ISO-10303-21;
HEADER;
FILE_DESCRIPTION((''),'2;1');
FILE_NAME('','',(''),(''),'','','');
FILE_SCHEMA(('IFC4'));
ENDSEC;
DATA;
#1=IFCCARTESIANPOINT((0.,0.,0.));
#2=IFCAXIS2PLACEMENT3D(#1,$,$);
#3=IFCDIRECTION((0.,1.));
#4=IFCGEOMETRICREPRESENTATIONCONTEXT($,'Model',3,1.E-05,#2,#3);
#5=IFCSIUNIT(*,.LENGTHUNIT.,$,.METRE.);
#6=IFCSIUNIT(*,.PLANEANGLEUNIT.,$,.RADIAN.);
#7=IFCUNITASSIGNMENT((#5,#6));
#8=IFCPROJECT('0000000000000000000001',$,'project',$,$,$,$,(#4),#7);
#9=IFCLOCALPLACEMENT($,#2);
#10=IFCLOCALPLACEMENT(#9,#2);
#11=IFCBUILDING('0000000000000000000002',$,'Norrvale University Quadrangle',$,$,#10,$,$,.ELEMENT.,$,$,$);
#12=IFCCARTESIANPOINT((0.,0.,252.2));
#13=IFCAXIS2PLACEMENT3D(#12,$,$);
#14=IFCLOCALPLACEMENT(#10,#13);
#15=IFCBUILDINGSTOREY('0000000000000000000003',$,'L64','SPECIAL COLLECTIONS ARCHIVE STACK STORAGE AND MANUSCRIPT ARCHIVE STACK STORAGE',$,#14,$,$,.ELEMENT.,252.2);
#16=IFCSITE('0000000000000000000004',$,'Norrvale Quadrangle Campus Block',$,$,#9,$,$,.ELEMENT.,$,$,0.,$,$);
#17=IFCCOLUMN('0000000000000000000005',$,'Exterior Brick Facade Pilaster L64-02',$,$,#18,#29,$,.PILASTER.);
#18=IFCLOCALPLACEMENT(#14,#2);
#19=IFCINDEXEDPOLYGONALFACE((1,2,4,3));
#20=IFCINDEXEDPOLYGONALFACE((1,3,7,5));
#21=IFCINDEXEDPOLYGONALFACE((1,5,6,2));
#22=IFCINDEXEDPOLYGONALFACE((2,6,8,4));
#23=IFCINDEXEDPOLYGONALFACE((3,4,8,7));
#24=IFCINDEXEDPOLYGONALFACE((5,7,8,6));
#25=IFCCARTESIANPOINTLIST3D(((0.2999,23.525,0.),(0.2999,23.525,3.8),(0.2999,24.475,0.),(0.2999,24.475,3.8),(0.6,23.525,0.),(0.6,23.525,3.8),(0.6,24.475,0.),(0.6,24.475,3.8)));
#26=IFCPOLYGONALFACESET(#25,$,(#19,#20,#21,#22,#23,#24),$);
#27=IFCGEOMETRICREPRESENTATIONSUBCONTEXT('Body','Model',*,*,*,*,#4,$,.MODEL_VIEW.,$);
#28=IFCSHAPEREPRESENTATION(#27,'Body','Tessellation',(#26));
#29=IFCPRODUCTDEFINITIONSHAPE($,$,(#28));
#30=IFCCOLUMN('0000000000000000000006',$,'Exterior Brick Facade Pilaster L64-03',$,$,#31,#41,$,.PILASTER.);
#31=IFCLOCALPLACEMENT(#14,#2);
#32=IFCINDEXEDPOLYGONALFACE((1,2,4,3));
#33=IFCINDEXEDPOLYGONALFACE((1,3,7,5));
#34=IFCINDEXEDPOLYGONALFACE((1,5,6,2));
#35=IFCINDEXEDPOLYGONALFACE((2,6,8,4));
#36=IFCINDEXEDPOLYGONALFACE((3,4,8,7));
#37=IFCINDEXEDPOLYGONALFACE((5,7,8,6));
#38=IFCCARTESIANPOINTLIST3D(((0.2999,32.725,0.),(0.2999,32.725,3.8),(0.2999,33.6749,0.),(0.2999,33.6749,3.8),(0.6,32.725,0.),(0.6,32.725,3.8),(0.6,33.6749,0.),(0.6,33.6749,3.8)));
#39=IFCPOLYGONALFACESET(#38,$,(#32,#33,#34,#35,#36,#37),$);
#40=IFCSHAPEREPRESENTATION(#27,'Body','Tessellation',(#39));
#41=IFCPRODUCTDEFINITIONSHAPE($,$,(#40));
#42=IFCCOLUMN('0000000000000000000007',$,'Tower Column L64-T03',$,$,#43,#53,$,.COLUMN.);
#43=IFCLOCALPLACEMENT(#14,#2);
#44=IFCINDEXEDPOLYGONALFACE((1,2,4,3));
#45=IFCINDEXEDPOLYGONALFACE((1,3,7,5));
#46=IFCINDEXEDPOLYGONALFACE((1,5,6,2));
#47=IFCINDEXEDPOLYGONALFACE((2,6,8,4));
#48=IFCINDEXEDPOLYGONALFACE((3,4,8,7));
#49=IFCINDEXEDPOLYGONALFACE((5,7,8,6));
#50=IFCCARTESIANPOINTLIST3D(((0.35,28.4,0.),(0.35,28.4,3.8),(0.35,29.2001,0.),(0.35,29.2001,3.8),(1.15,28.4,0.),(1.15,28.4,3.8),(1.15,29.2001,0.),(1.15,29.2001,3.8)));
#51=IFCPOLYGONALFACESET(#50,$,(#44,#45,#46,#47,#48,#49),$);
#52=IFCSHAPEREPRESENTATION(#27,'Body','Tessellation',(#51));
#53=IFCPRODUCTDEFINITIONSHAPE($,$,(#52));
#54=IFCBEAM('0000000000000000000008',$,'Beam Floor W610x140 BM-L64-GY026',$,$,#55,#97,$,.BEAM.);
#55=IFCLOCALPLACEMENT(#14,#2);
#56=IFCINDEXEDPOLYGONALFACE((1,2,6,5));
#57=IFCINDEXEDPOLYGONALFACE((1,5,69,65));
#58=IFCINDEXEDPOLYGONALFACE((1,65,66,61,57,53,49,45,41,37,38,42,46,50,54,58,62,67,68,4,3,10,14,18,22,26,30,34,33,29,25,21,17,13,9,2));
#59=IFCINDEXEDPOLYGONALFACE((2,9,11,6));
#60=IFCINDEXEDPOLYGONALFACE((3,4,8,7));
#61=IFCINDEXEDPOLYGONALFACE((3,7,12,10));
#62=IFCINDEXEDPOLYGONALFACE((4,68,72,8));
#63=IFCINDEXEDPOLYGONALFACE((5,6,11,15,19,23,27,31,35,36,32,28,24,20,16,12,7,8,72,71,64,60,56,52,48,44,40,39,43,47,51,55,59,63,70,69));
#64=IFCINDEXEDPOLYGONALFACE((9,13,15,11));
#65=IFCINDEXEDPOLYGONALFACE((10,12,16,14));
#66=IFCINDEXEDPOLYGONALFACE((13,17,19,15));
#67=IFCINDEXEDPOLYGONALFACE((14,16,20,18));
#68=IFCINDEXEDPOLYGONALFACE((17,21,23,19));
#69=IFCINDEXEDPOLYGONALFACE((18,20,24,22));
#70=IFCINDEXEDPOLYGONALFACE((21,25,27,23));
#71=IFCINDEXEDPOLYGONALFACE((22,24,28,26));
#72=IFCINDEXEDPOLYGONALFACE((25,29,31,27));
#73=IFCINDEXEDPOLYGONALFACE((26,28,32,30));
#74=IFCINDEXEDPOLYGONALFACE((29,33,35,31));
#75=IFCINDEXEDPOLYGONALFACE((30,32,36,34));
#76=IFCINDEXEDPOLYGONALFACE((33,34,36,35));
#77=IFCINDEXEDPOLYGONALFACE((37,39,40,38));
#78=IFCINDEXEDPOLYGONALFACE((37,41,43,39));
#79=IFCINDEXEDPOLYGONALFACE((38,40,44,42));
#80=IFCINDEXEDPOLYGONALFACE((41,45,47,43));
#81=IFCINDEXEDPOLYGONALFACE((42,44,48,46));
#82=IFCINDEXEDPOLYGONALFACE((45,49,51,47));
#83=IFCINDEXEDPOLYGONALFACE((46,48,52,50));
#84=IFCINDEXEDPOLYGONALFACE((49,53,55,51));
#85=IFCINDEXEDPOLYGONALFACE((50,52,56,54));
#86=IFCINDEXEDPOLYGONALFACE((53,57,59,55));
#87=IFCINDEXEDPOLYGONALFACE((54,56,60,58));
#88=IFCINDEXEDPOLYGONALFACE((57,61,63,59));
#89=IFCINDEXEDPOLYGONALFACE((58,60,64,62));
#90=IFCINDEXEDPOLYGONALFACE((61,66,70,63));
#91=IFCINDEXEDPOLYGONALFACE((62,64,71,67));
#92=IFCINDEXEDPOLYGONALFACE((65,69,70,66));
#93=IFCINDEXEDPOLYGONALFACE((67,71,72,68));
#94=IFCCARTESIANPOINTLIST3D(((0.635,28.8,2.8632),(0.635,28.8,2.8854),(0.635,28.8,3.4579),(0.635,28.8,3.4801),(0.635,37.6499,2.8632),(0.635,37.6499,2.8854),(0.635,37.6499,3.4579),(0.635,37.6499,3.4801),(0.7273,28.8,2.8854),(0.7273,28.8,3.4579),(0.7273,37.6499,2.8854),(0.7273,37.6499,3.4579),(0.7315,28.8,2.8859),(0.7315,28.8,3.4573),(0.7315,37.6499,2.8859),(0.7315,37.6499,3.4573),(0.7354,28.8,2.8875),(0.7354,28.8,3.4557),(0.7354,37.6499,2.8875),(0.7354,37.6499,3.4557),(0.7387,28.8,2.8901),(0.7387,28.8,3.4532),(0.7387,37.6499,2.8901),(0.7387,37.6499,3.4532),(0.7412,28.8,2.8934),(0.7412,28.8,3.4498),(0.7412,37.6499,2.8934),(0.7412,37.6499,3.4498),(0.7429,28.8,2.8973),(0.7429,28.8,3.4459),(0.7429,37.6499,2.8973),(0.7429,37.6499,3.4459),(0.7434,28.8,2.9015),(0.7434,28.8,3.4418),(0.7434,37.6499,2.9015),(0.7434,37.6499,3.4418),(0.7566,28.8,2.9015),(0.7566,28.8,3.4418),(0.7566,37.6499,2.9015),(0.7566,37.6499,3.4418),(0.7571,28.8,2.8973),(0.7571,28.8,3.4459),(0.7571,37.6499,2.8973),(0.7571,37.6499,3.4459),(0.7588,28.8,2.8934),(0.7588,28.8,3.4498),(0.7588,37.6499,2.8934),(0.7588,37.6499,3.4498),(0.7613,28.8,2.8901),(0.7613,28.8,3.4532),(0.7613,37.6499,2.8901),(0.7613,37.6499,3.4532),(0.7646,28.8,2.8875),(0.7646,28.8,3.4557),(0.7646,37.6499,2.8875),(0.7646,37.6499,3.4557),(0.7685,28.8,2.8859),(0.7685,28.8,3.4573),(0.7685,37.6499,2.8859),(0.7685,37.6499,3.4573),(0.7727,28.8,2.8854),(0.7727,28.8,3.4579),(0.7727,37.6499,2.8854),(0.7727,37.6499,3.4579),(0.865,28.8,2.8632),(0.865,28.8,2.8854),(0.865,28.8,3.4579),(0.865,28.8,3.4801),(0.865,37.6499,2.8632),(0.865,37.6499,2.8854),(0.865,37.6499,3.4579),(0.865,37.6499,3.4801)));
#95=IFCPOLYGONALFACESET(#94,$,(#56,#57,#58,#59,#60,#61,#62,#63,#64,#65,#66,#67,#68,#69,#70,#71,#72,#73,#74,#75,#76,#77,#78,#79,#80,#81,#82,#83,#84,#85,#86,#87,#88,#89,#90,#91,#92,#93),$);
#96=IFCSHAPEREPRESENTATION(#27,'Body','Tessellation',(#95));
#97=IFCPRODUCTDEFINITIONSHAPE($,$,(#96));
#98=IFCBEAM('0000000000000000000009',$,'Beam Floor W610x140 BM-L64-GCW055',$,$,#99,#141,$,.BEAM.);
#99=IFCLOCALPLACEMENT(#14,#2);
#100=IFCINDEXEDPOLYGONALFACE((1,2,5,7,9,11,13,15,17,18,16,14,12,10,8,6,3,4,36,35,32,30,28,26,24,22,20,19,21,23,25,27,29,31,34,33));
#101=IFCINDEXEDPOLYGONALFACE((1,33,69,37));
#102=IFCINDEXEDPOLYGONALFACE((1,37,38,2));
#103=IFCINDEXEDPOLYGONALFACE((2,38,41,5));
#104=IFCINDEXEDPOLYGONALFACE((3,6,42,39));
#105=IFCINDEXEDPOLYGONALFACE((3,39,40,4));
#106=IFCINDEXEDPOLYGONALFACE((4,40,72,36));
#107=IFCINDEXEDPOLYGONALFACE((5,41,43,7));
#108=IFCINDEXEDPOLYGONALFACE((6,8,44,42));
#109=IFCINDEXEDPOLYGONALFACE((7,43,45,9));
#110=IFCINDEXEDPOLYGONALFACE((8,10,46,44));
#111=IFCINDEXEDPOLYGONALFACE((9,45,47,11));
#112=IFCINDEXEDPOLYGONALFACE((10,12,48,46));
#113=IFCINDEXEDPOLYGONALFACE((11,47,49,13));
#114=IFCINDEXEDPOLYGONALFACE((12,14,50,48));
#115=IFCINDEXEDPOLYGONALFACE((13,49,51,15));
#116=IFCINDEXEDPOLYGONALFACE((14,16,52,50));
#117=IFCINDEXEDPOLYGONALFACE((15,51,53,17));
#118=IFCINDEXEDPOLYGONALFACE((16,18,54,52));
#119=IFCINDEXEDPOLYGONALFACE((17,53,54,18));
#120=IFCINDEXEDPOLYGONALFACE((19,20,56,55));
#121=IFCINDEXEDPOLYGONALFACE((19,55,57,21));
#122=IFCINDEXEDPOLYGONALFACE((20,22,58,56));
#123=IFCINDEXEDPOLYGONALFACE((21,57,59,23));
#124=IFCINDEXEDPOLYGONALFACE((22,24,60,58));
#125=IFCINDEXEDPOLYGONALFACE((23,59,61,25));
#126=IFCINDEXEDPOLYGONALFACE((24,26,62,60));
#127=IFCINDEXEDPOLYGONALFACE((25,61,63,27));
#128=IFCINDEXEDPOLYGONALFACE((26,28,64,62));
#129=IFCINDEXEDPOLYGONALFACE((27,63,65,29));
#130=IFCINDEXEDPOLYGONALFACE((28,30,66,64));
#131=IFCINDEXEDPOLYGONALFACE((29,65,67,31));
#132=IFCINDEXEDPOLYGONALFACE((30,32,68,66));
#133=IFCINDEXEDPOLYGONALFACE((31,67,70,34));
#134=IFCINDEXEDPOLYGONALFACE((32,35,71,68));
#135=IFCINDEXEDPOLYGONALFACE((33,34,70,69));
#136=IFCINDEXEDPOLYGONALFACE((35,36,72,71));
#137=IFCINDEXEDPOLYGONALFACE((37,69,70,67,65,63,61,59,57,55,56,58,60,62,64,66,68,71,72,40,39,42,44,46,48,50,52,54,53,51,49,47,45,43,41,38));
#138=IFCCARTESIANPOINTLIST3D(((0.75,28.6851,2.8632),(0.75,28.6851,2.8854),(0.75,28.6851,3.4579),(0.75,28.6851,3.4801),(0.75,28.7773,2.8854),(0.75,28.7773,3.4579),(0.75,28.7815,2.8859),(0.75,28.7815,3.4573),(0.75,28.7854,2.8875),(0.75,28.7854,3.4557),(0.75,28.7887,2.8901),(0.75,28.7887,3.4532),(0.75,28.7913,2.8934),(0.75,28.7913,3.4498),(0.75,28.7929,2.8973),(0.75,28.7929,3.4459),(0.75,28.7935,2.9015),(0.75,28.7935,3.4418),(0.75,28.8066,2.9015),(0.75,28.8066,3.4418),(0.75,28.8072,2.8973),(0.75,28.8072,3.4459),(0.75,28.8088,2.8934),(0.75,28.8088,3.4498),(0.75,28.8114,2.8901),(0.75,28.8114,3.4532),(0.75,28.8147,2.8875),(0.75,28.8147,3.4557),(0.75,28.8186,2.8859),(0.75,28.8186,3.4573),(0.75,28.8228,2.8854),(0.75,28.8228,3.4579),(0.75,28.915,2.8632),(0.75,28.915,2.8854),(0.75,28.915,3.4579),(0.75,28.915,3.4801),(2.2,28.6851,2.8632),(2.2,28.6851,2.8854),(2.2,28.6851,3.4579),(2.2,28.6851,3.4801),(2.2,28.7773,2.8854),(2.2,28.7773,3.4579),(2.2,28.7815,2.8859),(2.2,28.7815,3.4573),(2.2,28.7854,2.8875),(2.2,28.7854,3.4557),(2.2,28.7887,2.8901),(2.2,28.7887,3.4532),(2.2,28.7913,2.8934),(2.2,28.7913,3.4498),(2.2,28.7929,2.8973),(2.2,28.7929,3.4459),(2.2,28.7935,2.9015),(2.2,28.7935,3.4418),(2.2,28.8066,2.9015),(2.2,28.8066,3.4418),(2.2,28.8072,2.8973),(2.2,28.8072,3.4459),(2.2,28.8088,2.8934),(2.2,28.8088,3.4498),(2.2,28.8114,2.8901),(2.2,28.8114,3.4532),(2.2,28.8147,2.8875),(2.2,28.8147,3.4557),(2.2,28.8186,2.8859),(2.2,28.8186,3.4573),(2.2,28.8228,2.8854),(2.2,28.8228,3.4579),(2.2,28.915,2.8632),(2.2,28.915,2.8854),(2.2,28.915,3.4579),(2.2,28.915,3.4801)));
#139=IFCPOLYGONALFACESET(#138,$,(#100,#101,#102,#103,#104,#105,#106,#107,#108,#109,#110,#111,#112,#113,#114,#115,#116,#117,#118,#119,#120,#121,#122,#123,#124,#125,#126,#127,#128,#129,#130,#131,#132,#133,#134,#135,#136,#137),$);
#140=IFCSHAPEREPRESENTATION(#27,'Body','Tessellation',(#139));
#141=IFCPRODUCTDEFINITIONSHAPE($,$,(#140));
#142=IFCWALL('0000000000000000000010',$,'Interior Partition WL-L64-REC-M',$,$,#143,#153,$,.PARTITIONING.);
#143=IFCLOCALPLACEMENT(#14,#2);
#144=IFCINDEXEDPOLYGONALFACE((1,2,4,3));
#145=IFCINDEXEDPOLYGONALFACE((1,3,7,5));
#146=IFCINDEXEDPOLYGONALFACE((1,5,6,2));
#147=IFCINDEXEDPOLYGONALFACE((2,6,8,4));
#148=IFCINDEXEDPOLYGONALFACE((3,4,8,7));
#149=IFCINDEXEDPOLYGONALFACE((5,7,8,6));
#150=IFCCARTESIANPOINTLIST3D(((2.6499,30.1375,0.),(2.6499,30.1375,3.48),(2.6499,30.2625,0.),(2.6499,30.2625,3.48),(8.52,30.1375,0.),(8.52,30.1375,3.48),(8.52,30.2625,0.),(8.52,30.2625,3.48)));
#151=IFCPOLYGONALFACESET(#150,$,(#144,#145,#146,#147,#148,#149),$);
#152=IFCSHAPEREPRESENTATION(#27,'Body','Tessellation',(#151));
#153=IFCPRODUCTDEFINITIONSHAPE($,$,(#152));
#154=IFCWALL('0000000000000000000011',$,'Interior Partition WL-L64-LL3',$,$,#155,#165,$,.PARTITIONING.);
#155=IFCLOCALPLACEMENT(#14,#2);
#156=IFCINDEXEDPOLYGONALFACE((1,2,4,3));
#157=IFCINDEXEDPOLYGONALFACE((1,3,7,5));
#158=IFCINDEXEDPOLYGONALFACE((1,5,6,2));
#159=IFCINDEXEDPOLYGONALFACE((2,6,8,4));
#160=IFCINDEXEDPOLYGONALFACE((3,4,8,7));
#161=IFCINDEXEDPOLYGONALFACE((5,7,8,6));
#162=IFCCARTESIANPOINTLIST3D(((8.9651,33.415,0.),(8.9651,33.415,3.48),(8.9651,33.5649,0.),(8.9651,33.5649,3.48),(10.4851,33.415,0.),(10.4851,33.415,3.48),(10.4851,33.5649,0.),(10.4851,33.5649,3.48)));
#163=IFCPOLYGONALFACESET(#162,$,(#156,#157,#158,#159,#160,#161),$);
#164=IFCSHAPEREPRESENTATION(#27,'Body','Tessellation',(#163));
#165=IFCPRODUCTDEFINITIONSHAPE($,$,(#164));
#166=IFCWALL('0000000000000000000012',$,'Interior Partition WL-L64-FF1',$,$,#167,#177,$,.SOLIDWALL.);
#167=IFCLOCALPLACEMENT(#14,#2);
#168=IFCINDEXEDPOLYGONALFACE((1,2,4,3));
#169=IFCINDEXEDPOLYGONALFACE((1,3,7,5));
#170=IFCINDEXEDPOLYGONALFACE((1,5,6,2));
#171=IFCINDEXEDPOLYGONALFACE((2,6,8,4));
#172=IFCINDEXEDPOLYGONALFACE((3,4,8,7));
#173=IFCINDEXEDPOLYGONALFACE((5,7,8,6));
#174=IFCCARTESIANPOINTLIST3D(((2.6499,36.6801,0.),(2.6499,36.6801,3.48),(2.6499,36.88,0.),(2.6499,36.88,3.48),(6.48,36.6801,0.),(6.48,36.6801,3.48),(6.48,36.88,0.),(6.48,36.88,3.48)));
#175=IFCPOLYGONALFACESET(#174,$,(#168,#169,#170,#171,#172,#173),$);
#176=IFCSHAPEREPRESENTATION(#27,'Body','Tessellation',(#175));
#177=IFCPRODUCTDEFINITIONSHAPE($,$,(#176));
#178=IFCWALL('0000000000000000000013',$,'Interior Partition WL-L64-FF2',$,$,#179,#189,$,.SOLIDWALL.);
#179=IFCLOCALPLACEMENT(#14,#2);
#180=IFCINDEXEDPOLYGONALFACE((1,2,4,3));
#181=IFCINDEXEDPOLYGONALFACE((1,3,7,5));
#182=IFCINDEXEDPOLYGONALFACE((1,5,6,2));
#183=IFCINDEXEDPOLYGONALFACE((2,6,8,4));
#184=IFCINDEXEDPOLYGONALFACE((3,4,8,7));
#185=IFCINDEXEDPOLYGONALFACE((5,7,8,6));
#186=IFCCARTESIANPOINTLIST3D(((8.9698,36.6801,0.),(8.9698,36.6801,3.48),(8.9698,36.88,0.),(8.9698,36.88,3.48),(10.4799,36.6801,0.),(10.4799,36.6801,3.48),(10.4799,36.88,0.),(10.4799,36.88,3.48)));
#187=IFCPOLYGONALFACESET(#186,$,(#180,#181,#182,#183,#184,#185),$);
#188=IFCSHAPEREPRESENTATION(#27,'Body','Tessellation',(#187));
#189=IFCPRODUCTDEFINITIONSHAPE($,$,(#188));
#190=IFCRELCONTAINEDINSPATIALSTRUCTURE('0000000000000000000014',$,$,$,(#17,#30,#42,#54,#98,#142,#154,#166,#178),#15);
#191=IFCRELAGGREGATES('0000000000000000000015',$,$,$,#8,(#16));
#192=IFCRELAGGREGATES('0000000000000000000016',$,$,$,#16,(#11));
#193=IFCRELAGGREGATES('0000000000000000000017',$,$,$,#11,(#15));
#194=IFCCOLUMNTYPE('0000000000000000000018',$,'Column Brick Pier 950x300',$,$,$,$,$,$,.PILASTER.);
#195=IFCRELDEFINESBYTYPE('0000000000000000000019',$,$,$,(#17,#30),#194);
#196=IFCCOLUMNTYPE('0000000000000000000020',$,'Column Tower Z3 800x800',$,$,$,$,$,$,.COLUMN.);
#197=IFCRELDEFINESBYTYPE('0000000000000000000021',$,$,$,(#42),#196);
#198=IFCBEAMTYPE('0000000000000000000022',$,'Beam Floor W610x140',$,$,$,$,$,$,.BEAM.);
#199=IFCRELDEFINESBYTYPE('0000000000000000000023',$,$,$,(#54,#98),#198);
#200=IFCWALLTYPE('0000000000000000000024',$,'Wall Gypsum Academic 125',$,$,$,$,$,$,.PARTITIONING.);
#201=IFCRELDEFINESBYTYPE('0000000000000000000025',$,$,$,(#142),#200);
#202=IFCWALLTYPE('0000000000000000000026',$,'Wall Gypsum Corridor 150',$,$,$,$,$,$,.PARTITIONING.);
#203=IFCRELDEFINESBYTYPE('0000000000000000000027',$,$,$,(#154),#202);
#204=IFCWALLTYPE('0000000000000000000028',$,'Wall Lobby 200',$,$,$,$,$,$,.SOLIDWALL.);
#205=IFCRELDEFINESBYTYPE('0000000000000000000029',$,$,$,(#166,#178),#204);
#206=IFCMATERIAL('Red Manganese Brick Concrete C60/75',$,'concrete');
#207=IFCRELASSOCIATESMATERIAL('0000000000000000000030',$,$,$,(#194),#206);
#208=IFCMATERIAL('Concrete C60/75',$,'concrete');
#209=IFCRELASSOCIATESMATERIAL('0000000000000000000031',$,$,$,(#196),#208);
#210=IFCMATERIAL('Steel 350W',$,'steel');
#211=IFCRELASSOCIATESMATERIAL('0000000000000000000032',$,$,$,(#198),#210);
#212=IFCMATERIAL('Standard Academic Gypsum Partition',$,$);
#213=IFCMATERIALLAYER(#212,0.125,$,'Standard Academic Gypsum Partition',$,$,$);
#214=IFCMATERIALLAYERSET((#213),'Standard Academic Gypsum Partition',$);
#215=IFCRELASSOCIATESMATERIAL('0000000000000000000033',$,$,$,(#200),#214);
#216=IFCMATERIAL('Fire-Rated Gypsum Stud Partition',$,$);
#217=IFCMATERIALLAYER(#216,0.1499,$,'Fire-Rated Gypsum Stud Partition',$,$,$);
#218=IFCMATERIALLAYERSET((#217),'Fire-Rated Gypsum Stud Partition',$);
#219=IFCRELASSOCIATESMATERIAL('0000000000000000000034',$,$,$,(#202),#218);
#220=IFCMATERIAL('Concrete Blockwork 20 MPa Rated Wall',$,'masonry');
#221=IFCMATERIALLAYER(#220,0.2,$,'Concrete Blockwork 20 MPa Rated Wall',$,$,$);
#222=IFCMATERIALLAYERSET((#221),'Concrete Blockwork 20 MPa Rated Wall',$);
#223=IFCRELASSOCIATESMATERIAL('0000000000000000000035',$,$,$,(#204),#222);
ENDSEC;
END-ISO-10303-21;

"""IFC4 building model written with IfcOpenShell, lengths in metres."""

from ifc_helpers import new_model, si_unit, direction, frame, frame_2d, origin, origin_2d, place, context, subcontext, project, spatial, rectangle, i_section, extrude, material, layer, layer_set, material_profile, profile_set, type_object, element, save


model = new_model("IFC4")

# Units and contexts
model_context = context("Model", 3, precision=1e-05, world=origin(), true_north=direction((0.0, 1.0)))
body_context = subcontext(model_context, "Body", "Model", "MODEL_VIEW")
ifc_project = project(units=[si_unit("LENGTHUNIT", "METRE"), si_unit("PLANEANGLEUNIT", "RADIAN")], contexts=[model_context])

# Site, building, storey
site_placement = place(None, origin())
site = spatial("IfcSite", under=ifc_project, at=site_placement, Name="Norrvale Quadrangle Campus Block", CompositionType="ELEMENT", RefElevation=0.0)
building_placement = place(site_placement, origin())
building = spatial("IfcBuilding", under=site, at=building_placement, Name="Norrvale University Quadrangle", CompositionType="ELEMENT")
storey_placement = place(building_placement, frame((0.0, 0.0, 252.2)))
storey = spatial("IfcBuildingStorey", under=building, at=storey_placement, Name="L64", Description="SPECIAL COLLECTIONS ARCHIVE STACK STORAGE AND MANUSCRIPT ARCHIVE STACK STORAGE", CompositionType="ELEMENT", Elevation=252.2)

# Columns
ifc_material_1 = material(Name="Red Manganese Brick Concrete C60/75", Category="concrete")
ifc_material_profile_1 = material_profile(ifc_material_1, rectangle(XDim=0.95, YDim=0.3, at=origin_2d()), Name="Red Manganese Brick Concrete C60/75")
ifc_profile_set_1 = profile_set([ifc_material_profile_1], Name="Red Manganese Brick Concrete C60/75")
column_type_1 = type_object("IfcColumnType", Name="Column Brick Pier 950x300", PredefinedType="PILASTER", material=ifc_profile_set_1)
for number, where, z_axis, x_axis, name in (
    (1, (0.45, 24.0, 0.0), (0.0, 0.0, 1.0), (0.0, 1.0, 0.0), "Exterior Brick Facade Pilaster L64-02"),
    (2, (0.45, 33.2, 0.0), (0.0, 0.0, 1.0), (0.0, 1.0, 0.0), "Exterior Brick Facade Pilaster L64-03"),
):
    element("IfcColumn", number, at=place(storey_placement, frame(where, z_axis=z_axis, x_axis=x_axis)), inside=storey, type_object=column_type_1, Name=name, PredefinedType="PILASTER", context=body_context, shape_type="SweptSolid", body=[
        extrude(rectangle(XDim=0.95, YDim=0.3, at=origin_2d()), origin(), (0.0, 0.0, 1.0), 3.8),
    ])
ifc_material_2 = material(Name="Concrete C60/75", Category="concrete")
ifc_material_profile_2 = material_profile(ifc_material_2, rectangle(XDim=0.8, YDim=0.8, at=origin_2d()), Name="Concrete C60/75")
ifc_profile_set_2 = profile_set([ifc_material_profile_2], Name="Concrete C60/75")
column_type_2 = type_object("IfcColumnType", Name="Column Tower Z3 800x800", PredefinedType="COLUMN", material=ifc_profile_set_2)
column_placement = place(storey_placement, frame((0.75, 28.8, 0.0), z_axis=(0.0, 0.0, 1.0), x_axis=(1.0, 0.0, 0.0)))
element("IfcColumn", 3, at=column_placement, inside=storey, type_object=column_type_2, Name="Tower Column L64-T03", PredefinedType="COLUMN", context=body_context, shape_type="SweptSolid", body=[
    extrude(rectangle(XDim=0.8, YDim=0.8, at=origin_2d()), origin(), (0.0, 0.0, 1.0), 3.8),
])

# Beams
ifc_material_3 = material(Name="Steel 350W", Category="steel")
ifc_material_profile_3 = material_profile(ifc_material_3, i_section(OverallWidth=0.23, OverallDepth=0.6169, WebThickness=0.0132, FlangeThickness=0.0222, FilletRadius=0.0161, at=origin_2d()), Name="Steel 350W")
ifc_profile_set_3 = profile_set([ifc_material_profile_3], Name="Steel 350W")
beam_type = type_object("IfcBeamType", Name="Beam Floor W610x140", PredefinedType="BEAM", material=ifc_profile_set_3)
beam_1_placement = place(storey_placement, frame((0.75, 28.8, 3.1716), z_axis=(0.0, 1.0, 0.0), x_axis=(-1.0, 0.0, 0.0)))
element("IfcBeam", 4, at=beam_1_placement, inside=storey, type_object=beam_type, Name="Beam Floor W610x140 BM-L64-GY026", PredefinedType="BEAM", context=body_context, shape_type="SweptSolid", body=[
    extrude(i_section(OverallWidth=0.23, OverallDepth=0.6169, WebThickness=0.0132, FlangeThickness=0.0222, FilletRadius=0.0161, at=origin_2d()), origin(), (0.0, 0.0, 1.0), 8.8499),
])
beam_2_placement = place(storey_placement, frame((0.75, 28.8, 3.1716), z_axis=(1.0, 0.0, 0.0), x_axis=(0.0, 1.0, 0.0)))
element("IfcBeam", 5, at=beam_2_placement, inside=storey, type_object=beam_type, Name="Beam Floor W610x140 BM-L64-GCW055", PredefinedType="BEAM", context=body_context, shape_type="SweptSolid", body=[
    extrude(i_section(OverallWidth=0.23, OverallDepth=0.6169, WebThickness=0.0132, FlangeThickness=0.0222, FilletRadius=0.0161, at=origin_2d()), origin(), (0.0, 0.0, 1.0), 1.45),
])

# Walls
ifc_material_4 = material(Name="Standard Academic Gypsum Partition")
ifc_layer_1 = layer(ifc_material_4, 0.125, Name="Standard Academic Gypsum Partition")
ifc_layer_set_1 = layer_set([ifc_layer_1], Name="Standard Academic Gypsum Partition")
wall_type_1 = type_object("IfcWallType", Name="Wall Gypsum Academic 125", PredefinedType="PARTITIONING", material=ifc_layer_set_1)
wall_1_placement = place(storey_placement, frame((2.6499, 30.2, 0.0), z_axis=(0.0, 0.0, 1.0), x_axis=(1.0, 0.0, 0.0)))
element("IfcWall", 6, at=wall_1_placement, inside=storey, type_object=wall_type_1, Name="Interior Partition WL-L64-REC-M", PredefinedType="PARTITIONING", context=body_context, shape_type="SweptSolid", body=[
    extrude(rectangle(XDim=5.8701, YDim=0.125, at=frame_2d((2.9351, 0.0))), origin(), (0.0, 0.0, 1.0), 3.48),
])
ifc_material_5 = material(Name="Fire-Rated Gypsum Stud Partition")
ifc_layer_2 = layer(ifc_material_5, 0.1499, Name="Fire-Rated Gypsum Stud Partition")
ifc_layer_set_2 = layer_set([ifc_layer_2], Name="Fire-Rated Gypsum Stud Partition")
wall_type_2 = type_object("IfcWallType", Name="Wall Gypsum Corridor 150", PredefinedType="PARTITIONING", material=ifc_layer_set_2)
wall_2_placement = place(storey_placement, frame((8.9651, 33.49, 0.0), z_axis=(0.0, 0.0, 1.0), x_axis=(1.0, 0.0, 0.0)))
element("IfcWall", 7, at=wall_2_placement, inside=storey, type_object=wall_type_2, Name="Interior Partition WL-L64-LL3", PredefinedType="PARTITIONING", context=body_context, shape_type="SweptSolid", body=[
    extrude(rectangle(XDim=1.52, YDim=0.1499, at=frame_2d((0.76, 0.0))), origin(), (0.0, 0.0, 1.0), 3.48),
])
ifc_material_6 = material(Name="Concrete Blockwork 20 MPa Rated Wall", Category="masonry")
ifc_layer_3 = layer(ifc_material_6, 0.2, Name="Concrete Blockwork 20 MPa Rated Wall")
ifc_layer_set_3 = layer_set([ifc_layer_3], Name="Concrete Blockwork 20 MPa Rated Wall")
wall_type_3 = type_object("IfcWallType", Name="Wall Lobby 200", PredefinedType="SOLIDWALL", material=ifc_layer_set_3)
wall_3_placement = place(storey_placement, frame((2.6499, 36.78, 0.0), z_axis=(0.0, 0.0, 1.0), x_axis=(1.0, 0.0, 0.0)))
element("IfcWall", 8, at=wall_3_placement, inside=storey, type_object=wall_type_3, Name="Interior Partition WL-L64-FF1", PredefinedType="SOLIDWALL", context=body_context, shape_type="SweptSolid", body=[
    extrude(rectangle(XDim=3.8301, YDim=0.2, at=frame_2d((1.915, 0.0))), origin(), (0.0, 0.0, 1.0), 3.48),
])
wall_4_placement = place(storey_placement, frame((8.97, 36.78, 0.0), z_axis=(0.0, 0.0, 1.0), x_axis=(1.0, 0.0, 0.0)))
element("IfcWall", 9, at=wall_4_placement, inside=storey, type_object=wall_type_3, Name="Interior Partition WL-L64-FF2", PredefinedType="SOLIDWALL", context=body_context, shape_type="SweptSolid", body=[
    extrude(rectangle(XDim=1.51, YDim=0.2, at=frame_2d((0.7549, 0.0))), origin(), (0.0, 0.0, 1.0), 3.48),
])

save(model, "model.ifc")
